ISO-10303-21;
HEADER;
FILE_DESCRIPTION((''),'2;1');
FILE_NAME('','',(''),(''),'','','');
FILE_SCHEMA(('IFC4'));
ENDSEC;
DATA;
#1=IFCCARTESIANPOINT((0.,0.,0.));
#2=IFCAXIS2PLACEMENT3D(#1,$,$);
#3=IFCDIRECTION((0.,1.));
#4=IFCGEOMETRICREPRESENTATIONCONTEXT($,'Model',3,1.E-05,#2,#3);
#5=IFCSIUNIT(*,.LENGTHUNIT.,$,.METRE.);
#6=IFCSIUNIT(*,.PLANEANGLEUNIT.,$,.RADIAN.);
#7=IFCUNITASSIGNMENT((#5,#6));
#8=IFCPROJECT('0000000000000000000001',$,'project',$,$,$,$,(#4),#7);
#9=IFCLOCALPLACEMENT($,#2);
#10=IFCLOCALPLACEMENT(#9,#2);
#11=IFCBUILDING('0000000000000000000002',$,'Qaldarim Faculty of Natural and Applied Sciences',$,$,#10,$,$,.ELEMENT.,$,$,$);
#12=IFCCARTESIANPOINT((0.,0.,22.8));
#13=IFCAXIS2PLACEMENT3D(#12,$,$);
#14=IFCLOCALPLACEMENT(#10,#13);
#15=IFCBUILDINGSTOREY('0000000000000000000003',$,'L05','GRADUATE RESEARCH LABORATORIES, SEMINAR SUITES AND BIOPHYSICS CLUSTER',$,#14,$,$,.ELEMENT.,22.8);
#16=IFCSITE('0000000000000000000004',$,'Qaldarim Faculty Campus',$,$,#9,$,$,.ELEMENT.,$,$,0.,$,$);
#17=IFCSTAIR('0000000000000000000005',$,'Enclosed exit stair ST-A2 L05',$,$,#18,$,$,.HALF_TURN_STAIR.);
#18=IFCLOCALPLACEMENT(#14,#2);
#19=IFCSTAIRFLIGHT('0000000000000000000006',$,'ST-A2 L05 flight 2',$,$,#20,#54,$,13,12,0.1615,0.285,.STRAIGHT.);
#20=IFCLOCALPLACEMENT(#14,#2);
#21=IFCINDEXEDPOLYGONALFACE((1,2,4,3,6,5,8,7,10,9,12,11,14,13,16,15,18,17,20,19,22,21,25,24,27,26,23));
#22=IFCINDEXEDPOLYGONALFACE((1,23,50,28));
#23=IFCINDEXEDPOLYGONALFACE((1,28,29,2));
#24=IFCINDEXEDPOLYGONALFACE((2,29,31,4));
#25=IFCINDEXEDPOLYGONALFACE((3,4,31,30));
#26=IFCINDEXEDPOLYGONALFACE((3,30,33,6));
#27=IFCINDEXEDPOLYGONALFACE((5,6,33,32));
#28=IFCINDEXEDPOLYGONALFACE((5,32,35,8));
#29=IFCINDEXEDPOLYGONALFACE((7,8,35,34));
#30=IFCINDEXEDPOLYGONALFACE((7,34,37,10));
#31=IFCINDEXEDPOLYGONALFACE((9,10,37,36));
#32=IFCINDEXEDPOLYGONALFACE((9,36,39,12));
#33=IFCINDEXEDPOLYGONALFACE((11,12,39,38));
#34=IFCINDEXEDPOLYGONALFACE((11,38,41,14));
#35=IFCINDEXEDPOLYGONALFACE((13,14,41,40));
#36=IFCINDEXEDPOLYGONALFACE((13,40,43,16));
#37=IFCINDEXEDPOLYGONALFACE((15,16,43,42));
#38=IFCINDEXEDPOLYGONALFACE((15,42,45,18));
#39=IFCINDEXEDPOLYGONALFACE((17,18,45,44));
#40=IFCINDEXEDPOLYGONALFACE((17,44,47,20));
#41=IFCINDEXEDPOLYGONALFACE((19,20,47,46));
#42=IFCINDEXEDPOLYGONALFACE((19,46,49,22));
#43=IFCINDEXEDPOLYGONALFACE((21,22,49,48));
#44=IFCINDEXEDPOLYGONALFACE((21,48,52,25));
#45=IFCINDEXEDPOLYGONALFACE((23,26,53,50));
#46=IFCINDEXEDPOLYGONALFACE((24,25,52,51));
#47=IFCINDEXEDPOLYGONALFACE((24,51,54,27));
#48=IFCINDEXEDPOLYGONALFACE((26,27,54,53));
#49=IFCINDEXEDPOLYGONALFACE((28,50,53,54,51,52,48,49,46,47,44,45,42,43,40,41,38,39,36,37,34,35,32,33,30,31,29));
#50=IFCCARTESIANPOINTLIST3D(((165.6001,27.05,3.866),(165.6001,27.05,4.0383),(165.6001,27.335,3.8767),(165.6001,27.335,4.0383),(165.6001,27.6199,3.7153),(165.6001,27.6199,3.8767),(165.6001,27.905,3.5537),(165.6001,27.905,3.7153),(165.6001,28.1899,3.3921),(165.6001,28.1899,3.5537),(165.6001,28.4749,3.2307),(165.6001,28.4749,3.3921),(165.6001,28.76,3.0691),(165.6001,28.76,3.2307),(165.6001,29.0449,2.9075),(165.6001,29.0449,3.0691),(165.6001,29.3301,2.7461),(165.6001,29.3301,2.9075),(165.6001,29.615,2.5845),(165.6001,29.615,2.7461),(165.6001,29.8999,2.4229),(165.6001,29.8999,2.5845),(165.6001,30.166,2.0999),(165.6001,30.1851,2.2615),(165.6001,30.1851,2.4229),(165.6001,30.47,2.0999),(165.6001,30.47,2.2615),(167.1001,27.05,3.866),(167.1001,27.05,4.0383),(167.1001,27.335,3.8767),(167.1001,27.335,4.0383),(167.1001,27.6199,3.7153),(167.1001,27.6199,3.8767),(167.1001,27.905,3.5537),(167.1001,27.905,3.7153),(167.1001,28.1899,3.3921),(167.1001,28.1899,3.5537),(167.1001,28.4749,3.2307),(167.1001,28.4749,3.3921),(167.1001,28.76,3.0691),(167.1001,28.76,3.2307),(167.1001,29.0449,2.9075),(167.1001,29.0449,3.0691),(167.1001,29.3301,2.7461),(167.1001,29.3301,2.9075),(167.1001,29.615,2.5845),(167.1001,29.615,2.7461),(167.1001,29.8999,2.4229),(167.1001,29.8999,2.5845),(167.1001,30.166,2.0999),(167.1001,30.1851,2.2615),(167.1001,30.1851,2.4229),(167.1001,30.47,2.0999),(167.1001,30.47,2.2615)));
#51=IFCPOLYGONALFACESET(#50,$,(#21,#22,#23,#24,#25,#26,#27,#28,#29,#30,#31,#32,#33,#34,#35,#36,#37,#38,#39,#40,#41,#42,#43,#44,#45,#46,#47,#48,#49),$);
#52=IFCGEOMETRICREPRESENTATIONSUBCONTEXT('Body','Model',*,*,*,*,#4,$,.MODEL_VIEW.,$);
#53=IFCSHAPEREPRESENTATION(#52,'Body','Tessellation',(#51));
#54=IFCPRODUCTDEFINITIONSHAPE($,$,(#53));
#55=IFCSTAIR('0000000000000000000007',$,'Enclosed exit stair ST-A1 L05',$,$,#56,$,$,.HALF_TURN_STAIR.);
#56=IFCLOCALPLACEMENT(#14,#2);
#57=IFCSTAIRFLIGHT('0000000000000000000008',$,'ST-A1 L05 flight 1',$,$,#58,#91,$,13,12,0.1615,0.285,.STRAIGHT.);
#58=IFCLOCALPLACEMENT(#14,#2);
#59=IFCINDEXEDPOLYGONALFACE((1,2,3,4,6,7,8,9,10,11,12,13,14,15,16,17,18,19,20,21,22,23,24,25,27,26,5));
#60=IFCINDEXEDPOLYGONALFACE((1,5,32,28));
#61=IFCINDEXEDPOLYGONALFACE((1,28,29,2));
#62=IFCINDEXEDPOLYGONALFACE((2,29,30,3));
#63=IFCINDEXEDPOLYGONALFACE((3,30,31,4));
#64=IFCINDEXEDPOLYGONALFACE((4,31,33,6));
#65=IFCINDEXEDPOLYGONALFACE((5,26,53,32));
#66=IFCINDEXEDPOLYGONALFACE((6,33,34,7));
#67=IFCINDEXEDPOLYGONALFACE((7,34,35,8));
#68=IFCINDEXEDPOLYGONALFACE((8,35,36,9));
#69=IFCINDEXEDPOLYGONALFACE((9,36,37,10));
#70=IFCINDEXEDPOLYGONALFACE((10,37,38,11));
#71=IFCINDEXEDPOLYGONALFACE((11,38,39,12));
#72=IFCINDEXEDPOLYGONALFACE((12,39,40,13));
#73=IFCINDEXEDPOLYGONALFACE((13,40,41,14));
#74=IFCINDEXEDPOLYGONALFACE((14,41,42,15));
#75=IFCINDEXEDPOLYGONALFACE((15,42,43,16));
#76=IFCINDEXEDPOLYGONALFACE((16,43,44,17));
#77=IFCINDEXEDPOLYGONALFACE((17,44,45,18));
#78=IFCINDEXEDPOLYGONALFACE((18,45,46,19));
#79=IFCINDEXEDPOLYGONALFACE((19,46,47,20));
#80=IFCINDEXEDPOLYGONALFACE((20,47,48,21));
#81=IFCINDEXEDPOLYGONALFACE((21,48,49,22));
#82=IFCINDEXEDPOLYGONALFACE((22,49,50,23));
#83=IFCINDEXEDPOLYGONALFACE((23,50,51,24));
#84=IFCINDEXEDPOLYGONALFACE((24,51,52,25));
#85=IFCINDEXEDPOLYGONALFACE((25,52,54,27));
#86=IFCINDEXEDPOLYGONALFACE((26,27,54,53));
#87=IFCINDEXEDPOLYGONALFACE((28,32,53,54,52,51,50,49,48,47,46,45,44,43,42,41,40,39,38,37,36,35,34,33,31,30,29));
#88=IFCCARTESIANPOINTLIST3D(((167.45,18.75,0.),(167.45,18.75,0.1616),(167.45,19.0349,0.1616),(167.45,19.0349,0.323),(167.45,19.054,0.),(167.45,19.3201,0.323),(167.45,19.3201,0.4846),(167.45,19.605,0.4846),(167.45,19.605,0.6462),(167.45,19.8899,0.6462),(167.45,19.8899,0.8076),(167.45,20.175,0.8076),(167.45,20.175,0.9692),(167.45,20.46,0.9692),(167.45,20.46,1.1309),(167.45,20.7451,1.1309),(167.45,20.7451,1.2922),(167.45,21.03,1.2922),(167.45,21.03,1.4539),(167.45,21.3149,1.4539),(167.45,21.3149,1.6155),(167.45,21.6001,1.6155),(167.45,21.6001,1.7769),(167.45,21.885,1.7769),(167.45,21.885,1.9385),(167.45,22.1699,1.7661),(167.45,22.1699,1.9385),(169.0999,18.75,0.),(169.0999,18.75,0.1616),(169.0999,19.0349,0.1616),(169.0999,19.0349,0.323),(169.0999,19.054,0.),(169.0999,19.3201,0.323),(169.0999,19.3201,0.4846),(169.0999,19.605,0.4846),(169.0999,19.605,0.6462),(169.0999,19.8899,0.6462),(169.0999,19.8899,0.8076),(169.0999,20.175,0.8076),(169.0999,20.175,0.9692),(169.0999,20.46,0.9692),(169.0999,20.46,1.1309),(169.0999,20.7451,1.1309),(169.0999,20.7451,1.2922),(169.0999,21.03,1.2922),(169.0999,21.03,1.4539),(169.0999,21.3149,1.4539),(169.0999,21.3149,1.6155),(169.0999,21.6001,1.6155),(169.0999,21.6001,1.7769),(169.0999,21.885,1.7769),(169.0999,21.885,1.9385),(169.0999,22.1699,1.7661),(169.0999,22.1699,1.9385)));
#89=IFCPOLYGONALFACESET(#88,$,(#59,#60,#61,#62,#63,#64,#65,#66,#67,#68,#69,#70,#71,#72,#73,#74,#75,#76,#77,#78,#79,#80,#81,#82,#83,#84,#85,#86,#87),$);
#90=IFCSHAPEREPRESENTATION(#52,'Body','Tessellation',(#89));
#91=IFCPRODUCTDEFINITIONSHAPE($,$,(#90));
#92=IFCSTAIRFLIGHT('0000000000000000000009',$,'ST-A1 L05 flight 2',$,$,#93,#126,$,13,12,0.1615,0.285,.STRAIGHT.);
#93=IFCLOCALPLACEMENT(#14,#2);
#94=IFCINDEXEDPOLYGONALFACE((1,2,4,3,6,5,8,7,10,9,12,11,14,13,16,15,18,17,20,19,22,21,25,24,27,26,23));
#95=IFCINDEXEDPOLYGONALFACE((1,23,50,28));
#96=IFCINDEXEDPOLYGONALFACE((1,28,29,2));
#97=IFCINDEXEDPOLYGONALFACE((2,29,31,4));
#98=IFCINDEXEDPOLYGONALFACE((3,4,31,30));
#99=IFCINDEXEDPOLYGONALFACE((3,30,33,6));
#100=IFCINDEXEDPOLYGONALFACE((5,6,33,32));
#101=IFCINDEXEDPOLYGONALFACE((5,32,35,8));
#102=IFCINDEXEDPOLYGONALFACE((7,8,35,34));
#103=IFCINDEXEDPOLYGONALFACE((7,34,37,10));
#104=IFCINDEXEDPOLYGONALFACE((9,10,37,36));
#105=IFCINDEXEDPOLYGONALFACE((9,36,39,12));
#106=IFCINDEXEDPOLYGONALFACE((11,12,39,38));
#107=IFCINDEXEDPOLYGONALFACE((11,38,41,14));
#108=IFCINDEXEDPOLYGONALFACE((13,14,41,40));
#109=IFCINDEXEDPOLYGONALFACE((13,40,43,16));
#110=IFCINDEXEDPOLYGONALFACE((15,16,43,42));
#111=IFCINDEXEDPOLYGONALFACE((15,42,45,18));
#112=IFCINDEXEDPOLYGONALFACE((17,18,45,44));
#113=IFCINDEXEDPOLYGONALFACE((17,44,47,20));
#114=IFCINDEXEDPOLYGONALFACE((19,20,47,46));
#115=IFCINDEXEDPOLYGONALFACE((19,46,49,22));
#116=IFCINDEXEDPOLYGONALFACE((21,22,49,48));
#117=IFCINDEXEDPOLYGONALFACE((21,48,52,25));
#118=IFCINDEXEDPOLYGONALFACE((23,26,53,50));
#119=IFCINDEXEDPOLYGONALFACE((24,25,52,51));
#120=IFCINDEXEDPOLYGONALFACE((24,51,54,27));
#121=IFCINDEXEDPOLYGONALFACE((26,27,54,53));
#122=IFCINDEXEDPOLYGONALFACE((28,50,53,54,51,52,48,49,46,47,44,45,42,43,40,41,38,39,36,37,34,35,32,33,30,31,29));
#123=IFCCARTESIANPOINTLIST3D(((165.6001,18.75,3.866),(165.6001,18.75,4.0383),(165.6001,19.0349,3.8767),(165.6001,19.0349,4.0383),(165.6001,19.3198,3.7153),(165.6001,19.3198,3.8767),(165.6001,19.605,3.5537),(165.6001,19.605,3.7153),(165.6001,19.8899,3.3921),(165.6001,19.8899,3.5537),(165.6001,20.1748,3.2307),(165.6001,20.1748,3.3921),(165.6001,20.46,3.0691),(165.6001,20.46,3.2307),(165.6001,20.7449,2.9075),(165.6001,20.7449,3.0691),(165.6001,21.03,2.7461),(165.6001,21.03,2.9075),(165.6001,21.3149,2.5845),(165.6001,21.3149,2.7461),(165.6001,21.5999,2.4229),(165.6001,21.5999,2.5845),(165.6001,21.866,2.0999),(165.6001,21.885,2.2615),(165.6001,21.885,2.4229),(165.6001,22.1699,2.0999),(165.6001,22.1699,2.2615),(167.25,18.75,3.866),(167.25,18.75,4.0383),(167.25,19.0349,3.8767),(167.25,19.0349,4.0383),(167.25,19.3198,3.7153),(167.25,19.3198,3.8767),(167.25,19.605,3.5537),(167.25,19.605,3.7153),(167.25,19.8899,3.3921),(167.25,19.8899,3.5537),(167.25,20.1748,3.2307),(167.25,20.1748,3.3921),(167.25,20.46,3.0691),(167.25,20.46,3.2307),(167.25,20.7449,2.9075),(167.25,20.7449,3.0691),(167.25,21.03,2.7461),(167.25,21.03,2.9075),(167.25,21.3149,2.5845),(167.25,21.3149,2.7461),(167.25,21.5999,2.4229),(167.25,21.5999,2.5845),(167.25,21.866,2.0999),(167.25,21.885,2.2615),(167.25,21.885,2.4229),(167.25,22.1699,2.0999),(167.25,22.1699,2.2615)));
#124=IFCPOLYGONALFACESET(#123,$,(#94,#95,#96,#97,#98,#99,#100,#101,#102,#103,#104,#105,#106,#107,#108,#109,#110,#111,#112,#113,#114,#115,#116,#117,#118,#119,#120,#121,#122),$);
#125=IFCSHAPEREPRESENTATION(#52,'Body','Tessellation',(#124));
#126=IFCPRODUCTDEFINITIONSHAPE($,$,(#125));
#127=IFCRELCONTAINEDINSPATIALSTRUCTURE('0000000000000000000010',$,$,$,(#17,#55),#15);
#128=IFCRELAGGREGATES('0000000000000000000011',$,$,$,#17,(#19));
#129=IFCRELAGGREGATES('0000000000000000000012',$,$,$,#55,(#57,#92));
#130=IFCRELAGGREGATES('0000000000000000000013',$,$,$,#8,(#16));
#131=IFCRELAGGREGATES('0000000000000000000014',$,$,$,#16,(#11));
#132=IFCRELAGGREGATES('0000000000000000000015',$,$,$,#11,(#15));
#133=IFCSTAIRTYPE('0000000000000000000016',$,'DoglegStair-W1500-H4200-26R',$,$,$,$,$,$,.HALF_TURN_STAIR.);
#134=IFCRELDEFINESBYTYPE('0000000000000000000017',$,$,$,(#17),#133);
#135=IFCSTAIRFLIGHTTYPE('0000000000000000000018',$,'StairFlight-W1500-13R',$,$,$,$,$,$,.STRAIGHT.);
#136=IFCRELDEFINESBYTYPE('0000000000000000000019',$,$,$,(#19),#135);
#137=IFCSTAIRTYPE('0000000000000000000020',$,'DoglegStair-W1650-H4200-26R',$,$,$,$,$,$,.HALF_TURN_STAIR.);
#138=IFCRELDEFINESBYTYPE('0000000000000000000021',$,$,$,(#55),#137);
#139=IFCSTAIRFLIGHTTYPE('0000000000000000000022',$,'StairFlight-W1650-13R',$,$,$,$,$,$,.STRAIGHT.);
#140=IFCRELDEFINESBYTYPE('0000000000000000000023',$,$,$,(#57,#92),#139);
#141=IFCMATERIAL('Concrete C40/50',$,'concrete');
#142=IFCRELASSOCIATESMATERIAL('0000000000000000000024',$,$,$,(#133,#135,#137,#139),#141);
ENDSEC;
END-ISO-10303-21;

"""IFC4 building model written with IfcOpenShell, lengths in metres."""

from ifc_helpers import new_model, si_unit, direction, frame, origin, place, context, subcontext, project, spatial, polyline, outline, extrude, material, type_object, element, aggregate, save


model = new_model("IFC4")

# Units and contexts
model_context = context("Model", 3, precision=1e-05, world=origin(), true_north=direction((0.0, 1.0)))
body_context = subcontext(model_context, "Body", "Model", "MODEL_VIEW")
ifc_project = project(units=[si_unit("LENGTHUNIT", "METRE"), si_unit("PLANEANGLEUNIT", "RADIAN")], contexts=[model_context])

# Site, building, storey
site_placement = place(None, origin())
site = spatial("IfcSite", under=ifc_project, at=site_placement, Name="Qaldarim Faculty Campus", CompositionType="ELEMENT", RefElevation=0.0)
building_placement = place(site_placement, origin())
building = spatial("IfcBuilding", under=site, at=building_placement, Name="Qaldarim Faculty of Natural and Applied Sciences", CompositionType="ELEMENT")
storey_placement = place(building_placement, frame((0.0, 0.0, 22.8)))
storey = spatial("IfcBuildingStorey", under=building, at=storey_placement, Name="L05", Description="GRADUATE RESEARCH LABORATORIES, SEMINAR SUITES AND BIOPHYSICS CLUSTER", CompositionType="ELEMENT", Elevation=22.8)

# Shared definitions
ifc_material_1 = material(Name="Concrete C40/50", Category="concrete")

# Stairs, stair flights
stair_type_1 = type_object("IfcStairType", Name="DoglegStair-W1500-H4200-26R", PredefinedType="HALF_TURN_STAIR", material=ifc_material_1)
stair_1_placement = place(storey_placement, origin())
stair_1 = element("IfcStair", 1, at=stair_1_placement, inside=storey, type_object=stair_type_1, Name="Enclosed exit stair ST-A2 L05", PredefinedType="HALF_TURN_STAIR")
stair_flight_type_1 = type_object("IfcStairFlightType", Name="StairFlight-W1500-13R", PredefinedType="STRAIGHT", material=ifc_material_1)
stair_flight_1_placement = place(storey_placement, frame((166.3501, 30.47, 2.0999), z_axis=(0.0, 0.0, 1.0), x_axis=(0.0, -1.0, 0.0)))
stair_flight_1 = element("IfcStairFlight", 2, at=stair_flight_1_placement, type_object=stair_flight_type_1, Name="ST-A2 L05 flight 2", NumberOfRisers=13, NumberOfTreads=12, PredefinedType="STRAIGHT", RiserHeight=0.1615, TreadLength=0.285, context=body_context, shape_type="SweptSolid", body=[
    extrude(outline(polyline([(0.0, 0.0), (0.0, 0.1616), (0.2849, 0.1616), (0.2849, 0.323), (0.5701, 0.323), (0.5701, 0.4846), (0.855, 0.4846), (0.855, 0.6462), (1.1399, 0.6462), (1.1399, 0.8076), (1.425, 0.8076), (1.425, 0.9692), (1.71, 0.9692), (1.71, 1.1309), (1.9951, 1.1309), (1.9951, 1.2922), (2.28, 1.2922), (2.28, 1.4539), (2.5649, 1.4539), (2.5649, 1.6155), (2.8501, 1.6155), (2.8501, 1.7769), (3.135, 1.7769), (3.135, 1.9385), (3.4199, 1.9385), (3.4199, 2.1001), (3.4199, 1.7661), (0.304, 0.0), (0.0, 0.0)])), frame((0.0, 0.75, 0.0), z_axis=(0.0, -1.0, 0.0), x_axis=(1.0, 0.0, 0.0)), (0.0, 0.0, 1.0), 1.5),
])
aggregate(stair_1, [stair_flight_1])
stair_type_2 = type_object("IfcStairType", Name="DoglegStair-W1650-H4200-26R", PredefinedType="HALF_TURN_STAIR", material=ifc_material_1)
stair_2_placement = place(storey_placement, origin())
stair_2 = element("IfcStair", 3, at=stair_2_placement, inside=storey, type_object=stair_type_2, Name="Enclosed exit stair ST-A1 L05", PredefinedType="HALF_TURN_STAIR")
stair_flight_type_2 = type_object("IfcStairFlightType", Name="StairFlight-W1650-13R", PredefinedType="STRAIGHT", material=ifc_material_1)
stair_flight_2_placement = place(storey_placement, frame((168.2749, 18.75, 0.0), z_axis=(0.0, 0.0, 1.0), x_axis=(0.0, 1.0, 0.0)))
stair_flight_2 = element("IfcStairFlight", 4, at=stair_flight_2_placement, type_object=stair_flight_type_2, Name="ST-A1 L05 flight 1", NumberOfRisers=13, NumberOfTreads=12, PredefinedType="STRAIGHT", RiserHeight=0.1615, TreadLength=0.285, context=body_context, shape_type="SweptSolid", body=[
    extrude(outline(polyline([(0.0, 0.0), (0.0, 0.1616), (0.2849, 0.1616), (0.2849, 0.323), (0.5701, 0.323), (0.5701, 0.4846), (0.855, 0.4846), (0.855, 0.6462), (1.1399, 0.6462), (1.1399, 0.8076), (1.425, 0.8076), (1.425, 0.9692), (1.71, 0.9692), (1.71, 1.1309), (1.9951, 1.1309), (1.9951, 1.2922), (2.28, 1.2922), (2.28, 1.4539), (2.5649, 1.4539), (2.5649, 1.6155), (2.8501, 1.6155), (2.8501, 1.7769), (3.135, 1.7769), (3.135, 1.9385), (3.4199, 1.9385), (3.4199, 2.1001), (3.4199, 1.7661), (0.304, 0.0), (0.0, 0.0)])), frame((0.0, 0.825, 0.0), z_axis=(0.0, -1.0, 0.0), x_axis=(1.0, 0.0, 0.0)), (0.0, 0.0, 1.0), 1.6499),
])
stair_flight_3_placement = place(storey_placement, frame((166.425, 22.1699, 2.0999), z_axis=(0.0, 0.0, 1.0), x_axis=(0.0, -1.0, 0.0)))
stair_flight_3 = element("IfcStairFlight", 5, at=stair_flight_3_placement, type_object=stair_flight_type_2, Name="ST-A1 L05 flight 2", NumberOfRisers=13, NumberOfTreads=12, PredefinedType="STRAIGHT", RiserHeight=0.1615, TreadLength=0.285, context=body_context, shape_type="SweptSolid", body=[
    extrude(outline(polyline([(0.0, 0.0), (0.0, 0.1616), (0.2849, 0.1616), (0.2849, 0.323), (0.5701, 0.323), (0.5701, 0.4846), (0.855, 0.4846), (0.855, 0.6462), (1.1399, 0.6462), (1.1399, 0.8076), (1.425, 0.8076), (1.425, 0.9692), (1.71, 0.9692), (1.71, 1.1309), (1.9951, 1.1309), (1.9951, 1.2922), (2.28, 1.2922), (2.28, 1.4539), (2.5649, 1.4539), (2.5649, 1.6155), (2.8501, 1.6155), (2.8501, 1.7769), (3.135, 1.7769), (3.135, 1.9385), (3.4199, 1.9385), (3.4199, 2.1001), (3.4199, 1.7661), (0.304, 0.0), (0.0, 0.0)])), frame((0.0, 0.825, 0.0), z_axis=(0.0, -1.0, 0.0), x_axis=(1.0, 0.0, 0.0)), (0.0, 0.0, 1.0), 1.6499),
])
aggregate(stair_2, [stair_flight_2, stair_flight_3])

save(model, "model.ifc")
